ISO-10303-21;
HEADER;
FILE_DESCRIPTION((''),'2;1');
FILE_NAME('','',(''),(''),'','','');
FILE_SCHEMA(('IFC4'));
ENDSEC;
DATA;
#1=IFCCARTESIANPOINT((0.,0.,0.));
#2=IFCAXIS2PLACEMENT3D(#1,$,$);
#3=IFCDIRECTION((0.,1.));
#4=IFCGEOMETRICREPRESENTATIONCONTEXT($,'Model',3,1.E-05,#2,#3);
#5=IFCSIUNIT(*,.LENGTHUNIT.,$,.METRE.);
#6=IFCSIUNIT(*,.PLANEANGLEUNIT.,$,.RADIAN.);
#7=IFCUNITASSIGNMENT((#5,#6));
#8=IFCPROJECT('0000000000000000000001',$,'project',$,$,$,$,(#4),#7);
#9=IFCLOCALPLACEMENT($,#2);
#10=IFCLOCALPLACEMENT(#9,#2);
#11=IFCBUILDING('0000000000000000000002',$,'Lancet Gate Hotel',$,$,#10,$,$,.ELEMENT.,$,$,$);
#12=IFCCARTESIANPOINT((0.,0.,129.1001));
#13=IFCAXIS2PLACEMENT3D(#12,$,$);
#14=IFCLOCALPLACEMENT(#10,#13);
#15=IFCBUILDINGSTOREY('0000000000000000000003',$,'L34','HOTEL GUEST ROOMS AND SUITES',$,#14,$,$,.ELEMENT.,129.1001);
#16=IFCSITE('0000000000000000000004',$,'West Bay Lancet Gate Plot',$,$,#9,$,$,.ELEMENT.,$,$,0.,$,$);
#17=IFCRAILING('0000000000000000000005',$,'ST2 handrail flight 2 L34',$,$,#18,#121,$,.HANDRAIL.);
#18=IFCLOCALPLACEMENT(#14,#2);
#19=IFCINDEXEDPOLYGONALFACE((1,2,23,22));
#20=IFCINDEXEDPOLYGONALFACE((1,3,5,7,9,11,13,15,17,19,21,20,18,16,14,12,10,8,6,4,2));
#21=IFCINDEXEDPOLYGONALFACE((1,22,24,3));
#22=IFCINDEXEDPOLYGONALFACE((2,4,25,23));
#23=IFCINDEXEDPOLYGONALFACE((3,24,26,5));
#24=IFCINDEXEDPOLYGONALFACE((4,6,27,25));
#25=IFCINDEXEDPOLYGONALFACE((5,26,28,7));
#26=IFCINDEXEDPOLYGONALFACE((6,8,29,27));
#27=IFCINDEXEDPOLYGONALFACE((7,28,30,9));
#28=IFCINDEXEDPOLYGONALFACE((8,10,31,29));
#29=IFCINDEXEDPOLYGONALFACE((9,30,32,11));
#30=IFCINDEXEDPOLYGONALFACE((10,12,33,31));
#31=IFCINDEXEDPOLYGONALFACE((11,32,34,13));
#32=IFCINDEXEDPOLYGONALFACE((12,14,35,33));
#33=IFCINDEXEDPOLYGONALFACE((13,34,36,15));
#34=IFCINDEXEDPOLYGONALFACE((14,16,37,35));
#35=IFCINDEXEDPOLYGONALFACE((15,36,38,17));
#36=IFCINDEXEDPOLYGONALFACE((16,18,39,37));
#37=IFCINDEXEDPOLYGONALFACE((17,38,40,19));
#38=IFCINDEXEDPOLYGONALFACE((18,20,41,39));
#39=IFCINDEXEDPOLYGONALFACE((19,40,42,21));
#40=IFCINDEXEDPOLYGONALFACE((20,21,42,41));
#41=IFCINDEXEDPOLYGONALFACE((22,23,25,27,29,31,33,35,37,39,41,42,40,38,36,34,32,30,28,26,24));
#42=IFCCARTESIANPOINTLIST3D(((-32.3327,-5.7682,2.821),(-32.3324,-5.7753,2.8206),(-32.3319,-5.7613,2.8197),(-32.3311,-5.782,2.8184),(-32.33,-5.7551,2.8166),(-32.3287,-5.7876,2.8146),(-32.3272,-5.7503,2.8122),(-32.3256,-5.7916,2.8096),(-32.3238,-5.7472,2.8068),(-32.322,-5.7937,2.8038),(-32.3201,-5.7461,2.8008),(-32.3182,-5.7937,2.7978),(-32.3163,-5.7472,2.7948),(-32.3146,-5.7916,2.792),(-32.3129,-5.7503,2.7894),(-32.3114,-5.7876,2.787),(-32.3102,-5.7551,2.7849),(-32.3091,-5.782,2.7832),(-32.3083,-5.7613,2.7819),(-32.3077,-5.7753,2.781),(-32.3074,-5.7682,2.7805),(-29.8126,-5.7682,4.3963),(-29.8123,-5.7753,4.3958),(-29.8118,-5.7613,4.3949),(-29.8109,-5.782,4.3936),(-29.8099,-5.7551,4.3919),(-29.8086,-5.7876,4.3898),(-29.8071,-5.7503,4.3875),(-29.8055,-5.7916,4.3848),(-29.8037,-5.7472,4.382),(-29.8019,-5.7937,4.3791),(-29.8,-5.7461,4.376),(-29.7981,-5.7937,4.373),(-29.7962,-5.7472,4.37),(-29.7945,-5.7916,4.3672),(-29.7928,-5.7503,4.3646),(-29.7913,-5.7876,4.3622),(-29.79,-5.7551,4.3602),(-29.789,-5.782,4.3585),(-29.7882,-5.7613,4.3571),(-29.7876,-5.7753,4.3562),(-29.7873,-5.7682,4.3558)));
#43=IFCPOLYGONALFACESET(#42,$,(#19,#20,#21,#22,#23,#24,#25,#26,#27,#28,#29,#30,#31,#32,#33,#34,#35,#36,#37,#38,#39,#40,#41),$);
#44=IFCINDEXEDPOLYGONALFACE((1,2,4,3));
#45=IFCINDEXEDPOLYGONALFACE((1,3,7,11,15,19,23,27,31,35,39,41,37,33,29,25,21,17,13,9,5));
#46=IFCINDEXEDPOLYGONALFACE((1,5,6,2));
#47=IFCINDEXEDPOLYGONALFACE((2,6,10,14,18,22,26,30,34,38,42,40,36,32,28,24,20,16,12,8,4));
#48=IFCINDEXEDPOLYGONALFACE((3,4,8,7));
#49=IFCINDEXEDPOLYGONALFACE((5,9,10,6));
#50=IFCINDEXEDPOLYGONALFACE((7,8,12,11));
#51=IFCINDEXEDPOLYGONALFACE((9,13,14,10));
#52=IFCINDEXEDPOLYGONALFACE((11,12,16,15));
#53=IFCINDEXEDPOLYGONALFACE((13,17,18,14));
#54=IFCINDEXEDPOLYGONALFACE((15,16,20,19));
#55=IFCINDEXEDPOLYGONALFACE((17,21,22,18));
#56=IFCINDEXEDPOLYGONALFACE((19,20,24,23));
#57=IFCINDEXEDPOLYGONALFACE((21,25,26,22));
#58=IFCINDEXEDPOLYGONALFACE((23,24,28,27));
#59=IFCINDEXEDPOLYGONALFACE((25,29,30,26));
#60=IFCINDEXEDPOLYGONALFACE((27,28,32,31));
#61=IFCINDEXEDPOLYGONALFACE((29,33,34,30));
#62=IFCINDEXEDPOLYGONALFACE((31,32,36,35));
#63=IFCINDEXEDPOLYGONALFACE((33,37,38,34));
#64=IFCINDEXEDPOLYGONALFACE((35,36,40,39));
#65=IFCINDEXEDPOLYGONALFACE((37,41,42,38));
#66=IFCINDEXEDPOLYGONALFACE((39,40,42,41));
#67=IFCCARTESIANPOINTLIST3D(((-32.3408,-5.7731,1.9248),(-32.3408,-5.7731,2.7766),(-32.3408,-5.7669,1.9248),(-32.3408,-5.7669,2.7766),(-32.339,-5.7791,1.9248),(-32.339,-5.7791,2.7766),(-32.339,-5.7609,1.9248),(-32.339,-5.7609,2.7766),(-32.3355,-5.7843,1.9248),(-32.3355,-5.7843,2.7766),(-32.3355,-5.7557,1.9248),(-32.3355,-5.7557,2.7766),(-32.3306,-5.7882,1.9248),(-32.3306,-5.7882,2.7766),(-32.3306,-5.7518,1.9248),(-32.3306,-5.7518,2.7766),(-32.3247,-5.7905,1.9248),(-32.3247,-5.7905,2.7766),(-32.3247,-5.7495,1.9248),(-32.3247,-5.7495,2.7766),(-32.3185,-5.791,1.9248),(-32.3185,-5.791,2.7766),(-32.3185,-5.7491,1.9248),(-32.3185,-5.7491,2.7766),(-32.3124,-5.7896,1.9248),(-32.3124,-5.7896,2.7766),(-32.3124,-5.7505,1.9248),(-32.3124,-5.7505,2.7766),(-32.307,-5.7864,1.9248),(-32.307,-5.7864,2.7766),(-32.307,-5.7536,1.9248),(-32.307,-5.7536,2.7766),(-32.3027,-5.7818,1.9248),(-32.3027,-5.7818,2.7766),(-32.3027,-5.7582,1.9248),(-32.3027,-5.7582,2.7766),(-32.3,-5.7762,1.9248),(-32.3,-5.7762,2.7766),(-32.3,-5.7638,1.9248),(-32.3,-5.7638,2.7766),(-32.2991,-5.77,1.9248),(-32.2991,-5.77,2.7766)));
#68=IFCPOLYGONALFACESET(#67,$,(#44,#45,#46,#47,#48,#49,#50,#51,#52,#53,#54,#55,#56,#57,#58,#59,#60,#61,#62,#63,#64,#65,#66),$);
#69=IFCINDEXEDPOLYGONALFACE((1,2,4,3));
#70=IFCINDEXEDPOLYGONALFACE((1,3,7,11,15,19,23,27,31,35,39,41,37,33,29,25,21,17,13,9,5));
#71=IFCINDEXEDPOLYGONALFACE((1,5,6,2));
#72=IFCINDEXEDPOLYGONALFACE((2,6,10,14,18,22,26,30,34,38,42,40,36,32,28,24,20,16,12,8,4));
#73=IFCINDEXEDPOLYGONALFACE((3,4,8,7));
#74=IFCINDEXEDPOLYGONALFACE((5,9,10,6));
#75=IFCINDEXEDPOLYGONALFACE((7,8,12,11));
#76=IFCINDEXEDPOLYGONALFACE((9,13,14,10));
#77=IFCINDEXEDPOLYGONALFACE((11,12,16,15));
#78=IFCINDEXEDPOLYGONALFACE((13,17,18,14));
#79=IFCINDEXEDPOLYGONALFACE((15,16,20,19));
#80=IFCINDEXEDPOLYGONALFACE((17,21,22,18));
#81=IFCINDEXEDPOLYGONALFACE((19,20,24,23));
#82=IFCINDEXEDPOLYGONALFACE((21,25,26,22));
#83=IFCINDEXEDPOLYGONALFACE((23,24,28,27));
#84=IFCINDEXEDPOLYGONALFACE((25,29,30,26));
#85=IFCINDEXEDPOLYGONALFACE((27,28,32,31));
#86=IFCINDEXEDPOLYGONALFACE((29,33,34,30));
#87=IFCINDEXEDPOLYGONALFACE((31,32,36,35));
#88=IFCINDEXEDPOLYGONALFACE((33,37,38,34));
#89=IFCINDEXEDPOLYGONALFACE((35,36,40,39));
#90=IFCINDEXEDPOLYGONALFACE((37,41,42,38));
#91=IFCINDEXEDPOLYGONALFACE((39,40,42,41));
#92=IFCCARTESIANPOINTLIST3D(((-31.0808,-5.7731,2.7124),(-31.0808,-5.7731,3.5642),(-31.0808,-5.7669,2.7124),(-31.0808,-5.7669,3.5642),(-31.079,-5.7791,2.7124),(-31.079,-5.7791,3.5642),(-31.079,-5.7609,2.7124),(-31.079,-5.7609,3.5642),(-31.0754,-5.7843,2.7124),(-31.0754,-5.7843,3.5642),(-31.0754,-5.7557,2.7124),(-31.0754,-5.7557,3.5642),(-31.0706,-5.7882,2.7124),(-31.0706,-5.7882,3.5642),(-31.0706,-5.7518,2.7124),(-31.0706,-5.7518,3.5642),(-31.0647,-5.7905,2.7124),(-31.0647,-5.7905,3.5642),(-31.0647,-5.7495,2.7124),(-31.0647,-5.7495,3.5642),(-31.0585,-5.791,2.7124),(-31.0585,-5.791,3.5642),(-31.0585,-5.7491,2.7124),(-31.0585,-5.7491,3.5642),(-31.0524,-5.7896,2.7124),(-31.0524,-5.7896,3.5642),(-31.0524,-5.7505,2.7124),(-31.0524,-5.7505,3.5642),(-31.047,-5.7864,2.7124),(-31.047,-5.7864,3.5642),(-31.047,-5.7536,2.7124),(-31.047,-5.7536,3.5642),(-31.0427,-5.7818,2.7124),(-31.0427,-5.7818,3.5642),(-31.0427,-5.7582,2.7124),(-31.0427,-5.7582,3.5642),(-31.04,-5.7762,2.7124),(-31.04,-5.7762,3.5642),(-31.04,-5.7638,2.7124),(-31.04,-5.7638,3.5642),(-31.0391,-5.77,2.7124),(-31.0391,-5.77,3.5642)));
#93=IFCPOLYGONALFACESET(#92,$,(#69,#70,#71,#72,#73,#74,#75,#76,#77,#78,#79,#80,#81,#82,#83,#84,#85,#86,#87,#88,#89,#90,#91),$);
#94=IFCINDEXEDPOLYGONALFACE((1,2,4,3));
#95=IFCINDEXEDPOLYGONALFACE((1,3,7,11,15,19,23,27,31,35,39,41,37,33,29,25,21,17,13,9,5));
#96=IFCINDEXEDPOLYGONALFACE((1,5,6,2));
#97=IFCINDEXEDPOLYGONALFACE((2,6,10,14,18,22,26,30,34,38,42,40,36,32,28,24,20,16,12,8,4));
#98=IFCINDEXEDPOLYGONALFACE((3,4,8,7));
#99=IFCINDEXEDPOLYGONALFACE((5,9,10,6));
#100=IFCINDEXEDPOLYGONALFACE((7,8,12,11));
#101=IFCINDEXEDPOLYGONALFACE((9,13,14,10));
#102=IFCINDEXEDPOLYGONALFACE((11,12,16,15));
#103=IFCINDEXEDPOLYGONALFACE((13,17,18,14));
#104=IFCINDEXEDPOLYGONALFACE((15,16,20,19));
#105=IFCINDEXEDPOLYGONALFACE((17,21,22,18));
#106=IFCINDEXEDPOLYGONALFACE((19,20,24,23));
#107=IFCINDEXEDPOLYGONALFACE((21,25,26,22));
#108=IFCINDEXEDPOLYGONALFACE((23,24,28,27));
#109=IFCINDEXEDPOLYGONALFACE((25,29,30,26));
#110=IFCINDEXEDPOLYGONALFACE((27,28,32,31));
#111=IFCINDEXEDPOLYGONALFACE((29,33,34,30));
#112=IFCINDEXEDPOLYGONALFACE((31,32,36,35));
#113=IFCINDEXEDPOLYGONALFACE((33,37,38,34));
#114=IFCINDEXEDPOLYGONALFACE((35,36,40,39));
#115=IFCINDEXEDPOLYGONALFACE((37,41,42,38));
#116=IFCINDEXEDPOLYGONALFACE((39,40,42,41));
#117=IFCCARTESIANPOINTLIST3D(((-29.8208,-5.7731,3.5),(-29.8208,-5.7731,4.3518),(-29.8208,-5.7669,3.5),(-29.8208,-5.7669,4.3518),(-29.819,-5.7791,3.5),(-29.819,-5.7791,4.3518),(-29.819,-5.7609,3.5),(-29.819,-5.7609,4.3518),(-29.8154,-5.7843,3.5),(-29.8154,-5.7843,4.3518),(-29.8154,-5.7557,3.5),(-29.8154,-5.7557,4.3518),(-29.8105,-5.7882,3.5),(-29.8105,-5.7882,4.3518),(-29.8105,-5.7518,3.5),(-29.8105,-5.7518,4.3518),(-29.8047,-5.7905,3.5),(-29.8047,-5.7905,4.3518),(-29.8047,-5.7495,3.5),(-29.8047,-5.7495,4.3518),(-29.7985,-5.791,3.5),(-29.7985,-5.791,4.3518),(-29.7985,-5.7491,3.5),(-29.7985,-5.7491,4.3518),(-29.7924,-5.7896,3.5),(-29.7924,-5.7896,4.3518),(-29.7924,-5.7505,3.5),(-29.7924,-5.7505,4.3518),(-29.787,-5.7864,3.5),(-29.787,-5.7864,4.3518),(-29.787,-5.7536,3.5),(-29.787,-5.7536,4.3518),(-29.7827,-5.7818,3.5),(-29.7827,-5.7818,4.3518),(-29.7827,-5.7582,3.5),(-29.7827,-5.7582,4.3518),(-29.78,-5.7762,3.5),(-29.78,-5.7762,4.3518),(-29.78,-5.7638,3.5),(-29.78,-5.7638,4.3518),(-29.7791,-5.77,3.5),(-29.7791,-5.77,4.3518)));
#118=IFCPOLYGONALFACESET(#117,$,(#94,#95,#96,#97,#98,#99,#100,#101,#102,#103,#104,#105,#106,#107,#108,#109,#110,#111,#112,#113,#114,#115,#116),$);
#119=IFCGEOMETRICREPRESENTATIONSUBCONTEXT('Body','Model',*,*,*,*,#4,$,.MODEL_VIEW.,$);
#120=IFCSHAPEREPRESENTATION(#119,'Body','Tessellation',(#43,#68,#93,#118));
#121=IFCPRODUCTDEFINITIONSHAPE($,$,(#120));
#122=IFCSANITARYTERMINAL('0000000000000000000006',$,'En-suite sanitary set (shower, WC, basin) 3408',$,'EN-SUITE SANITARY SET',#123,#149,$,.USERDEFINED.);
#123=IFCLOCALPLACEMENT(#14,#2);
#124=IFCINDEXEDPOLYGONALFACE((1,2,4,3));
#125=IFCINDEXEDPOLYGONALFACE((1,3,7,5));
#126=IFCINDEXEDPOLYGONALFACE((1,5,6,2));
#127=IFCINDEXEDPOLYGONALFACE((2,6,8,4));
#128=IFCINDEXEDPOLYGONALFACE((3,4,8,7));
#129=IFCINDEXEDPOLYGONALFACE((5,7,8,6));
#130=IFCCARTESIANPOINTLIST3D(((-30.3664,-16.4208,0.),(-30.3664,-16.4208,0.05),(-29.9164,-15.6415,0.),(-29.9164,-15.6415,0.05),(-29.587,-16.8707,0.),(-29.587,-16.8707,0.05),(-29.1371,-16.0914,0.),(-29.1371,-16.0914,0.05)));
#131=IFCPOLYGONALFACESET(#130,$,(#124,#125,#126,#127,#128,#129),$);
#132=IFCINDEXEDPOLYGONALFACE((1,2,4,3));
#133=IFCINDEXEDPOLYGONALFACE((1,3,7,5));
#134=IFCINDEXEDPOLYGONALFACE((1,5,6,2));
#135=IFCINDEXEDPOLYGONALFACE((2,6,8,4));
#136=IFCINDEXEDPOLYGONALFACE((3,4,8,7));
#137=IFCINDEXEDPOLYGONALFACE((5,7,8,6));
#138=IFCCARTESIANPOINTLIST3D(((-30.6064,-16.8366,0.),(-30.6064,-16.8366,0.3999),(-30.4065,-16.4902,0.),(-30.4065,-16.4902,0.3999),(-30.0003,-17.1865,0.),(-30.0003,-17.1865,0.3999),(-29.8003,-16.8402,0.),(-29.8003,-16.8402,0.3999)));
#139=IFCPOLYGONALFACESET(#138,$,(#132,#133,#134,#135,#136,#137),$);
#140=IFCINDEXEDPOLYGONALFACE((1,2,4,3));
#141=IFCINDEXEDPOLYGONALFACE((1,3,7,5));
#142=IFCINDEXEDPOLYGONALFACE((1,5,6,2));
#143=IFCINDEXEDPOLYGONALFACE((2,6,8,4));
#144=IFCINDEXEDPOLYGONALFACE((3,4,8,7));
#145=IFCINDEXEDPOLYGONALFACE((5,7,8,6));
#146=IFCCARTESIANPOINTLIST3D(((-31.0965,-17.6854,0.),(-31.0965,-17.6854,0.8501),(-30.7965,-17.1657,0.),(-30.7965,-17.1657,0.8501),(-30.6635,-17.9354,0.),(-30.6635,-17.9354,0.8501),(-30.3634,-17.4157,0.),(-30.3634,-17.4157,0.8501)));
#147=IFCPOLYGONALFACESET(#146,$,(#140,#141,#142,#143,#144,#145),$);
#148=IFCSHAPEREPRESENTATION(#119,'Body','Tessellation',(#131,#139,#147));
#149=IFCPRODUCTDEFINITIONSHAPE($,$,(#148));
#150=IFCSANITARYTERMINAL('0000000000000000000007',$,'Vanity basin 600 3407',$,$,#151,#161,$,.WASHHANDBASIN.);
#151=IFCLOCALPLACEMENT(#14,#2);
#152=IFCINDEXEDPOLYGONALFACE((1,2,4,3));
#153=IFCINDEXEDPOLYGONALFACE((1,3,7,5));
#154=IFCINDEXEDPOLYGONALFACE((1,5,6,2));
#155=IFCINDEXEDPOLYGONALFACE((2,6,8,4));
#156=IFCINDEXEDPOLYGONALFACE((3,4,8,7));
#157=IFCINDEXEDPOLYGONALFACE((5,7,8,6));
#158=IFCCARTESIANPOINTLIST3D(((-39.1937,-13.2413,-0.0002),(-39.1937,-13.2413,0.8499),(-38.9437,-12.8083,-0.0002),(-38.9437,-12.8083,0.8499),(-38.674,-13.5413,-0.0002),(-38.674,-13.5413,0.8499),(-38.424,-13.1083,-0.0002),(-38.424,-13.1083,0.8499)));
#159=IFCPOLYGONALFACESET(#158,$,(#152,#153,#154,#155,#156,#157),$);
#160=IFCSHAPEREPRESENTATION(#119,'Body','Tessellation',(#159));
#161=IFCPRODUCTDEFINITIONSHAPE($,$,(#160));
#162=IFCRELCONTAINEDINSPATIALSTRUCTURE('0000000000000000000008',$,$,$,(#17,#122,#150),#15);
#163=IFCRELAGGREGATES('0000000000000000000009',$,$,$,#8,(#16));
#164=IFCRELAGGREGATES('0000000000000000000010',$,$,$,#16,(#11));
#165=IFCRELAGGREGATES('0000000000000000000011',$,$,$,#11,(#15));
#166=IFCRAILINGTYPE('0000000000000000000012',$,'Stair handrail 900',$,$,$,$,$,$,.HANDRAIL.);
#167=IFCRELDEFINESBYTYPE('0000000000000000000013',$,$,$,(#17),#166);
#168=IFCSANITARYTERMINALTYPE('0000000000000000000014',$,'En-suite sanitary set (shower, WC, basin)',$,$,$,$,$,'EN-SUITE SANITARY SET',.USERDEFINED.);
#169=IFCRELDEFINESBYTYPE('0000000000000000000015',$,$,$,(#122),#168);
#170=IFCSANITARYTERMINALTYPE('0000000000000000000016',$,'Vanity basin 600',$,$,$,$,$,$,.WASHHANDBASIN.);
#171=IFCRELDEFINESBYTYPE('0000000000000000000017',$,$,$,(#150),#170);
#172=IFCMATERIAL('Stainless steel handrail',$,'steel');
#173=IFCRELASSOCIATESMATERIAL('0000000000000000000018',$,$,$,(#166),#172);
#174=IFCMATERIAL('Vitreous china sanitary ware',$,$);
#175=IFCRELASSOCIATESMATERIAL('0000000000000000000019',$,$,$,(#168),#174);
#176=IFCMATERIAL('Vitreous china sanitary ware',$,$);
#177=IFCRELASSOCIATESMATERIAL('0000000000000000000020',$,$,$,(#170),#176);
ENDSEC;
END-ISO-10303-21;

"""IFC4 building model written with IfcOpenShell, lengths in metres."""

from ifc_helpers import new_model, si_unit, direction, frame, origin, origin_2d, place, context, subcontext, project, spatial, rectangle, circle, extrude, material, type_object, element, save


model = new_model("IFC4")

# Units and contexts
model_context = context("Model", 3, precision=1e-05, world=origin(), true_north=direction((0.0, 1.0)))
body_context = subcontext(model_context, "Body", "Model", "MODEL_VIEW")
ifc_project = project(units=[si_unit("LENGTHUNIT", "METRE"), si_unit("PLANEANGLEUNIT", "RADIAN")], contexts=[model_context])

# Site, building, storey
site_placement = place(None, origin())
site = spatial("IfcSite", under=ifc_project, at=site_placement, Name="West Bay Lancet Gate Plot", CompositionType="ELEMENT", RefElevation=0.0)
building_placement = place(site_placement, origin())
building = spatial("IfcBuilding", under=site, at=building_placement, Name="Lancet Gate Hotel", CompositionType="ELEMENT")
storey_placement = place(building_placement, frame((0.0, 0.0, 129.1001)))
storey = spatial("IfcBuildingStorey", under=building, at=storey_placement, Name="L34", Description="HOTEL GUEST ROOMS AND SUITES", CompositionType="ELEMENT", Elevation=129.1001)

# Railing
ifc_material_1 = material(Name="Stainless steel handrail", Category="steel")
railing_type = type_object("IfcRailingType", Name="Stair handrail 900", PredefinedType="HANDRAIL", material=ifc_material_1)
railing_1_placement = place(storey_placement, frame((-32.3201, -5.77, 1.9248)))
element("IfcRailing", 1, at=railing_1_placement, inside=storey, type_object=railing_type, Name="ST2 handrail flight 2 L34", PredefinedType="HANDRAIL", context=body_context, shape_type="SweptSolid", body=[
    extrude(circle(Radius=0.0239, at=origin_2d()), frame((0.0, 0.0, 0.876), z_axis=(0.847971, 0.0, 0.530043), x_axis=(0.0, 1.0, 0.0)), (0.0, 0.0, 1.0), 2.9719),
    extrude(circle(Radius=0.021, at=origin_2d()), origin(), (0.0, 0.0, 1.0), 0.8518),
    extrude(circle(Radius=0.021, at=origin_2d()), frame((1.26, 0.0, 0.7876)), (0.0, 0.0, 1.0), 0.8518),
    extrude(circle(Radius=0.021, at=origin_2d()), frame((2.52, 0.0, 1.5752)), (0.0, 0.0, 1.0), 0.8518),
])

# Sanitary terminals
ifc_material_2 = material(Name="Vitreous china sanitary ware")
sanitary_terminal_type_1 = type_object("IfcSanitaryTerminalType", Name="En-suite sanitary set (shower, WC, basin)", ElementType="EN-SUITE SANITARY SET", PredefinedType="USERDEFINED", material=ifc_material_2)
sanitary_terminal_1_placement = place(storey_placement, frame((-29.7517, -16.2561, 0.0), z_axis=(0.0, 0.0, 1.0), x_axis=(1.0, 0.0, 0.0)))
element("IfcSanitaryTerminal", 2, at=sanitary_terminal_1_placement, inside=storey, type_object=sanitary_terminal_type_1, Name="En-suite sanitary set (shower, WC, basin) 3408", ObjectType="EN-SUITE SANITARY SET", PredefinedType="USERDEFINED", context=body_context, shape_type="SweptSolid", body=[
    extrude(rectangle(XDim=0.8999, YDim=0.8999, at=origin_2d()), frame((0.0, 0.0, 0.0), z_axis=(0.0, 0.0, 1.0), x_axis=(0.5, 0.866025, 0.0)), (0.0, 0.0, 1.0), 0.05),
    extrude(rectangle(XDim=0.3999, YDim=0.7, at=origin_2d()), frame((-0.4517, -0.5823, 0.0), z_axis=(0.0, 0.0, 1.0), x_axis=(0.5, 0.866025, 0.0)), (0.0, 0.0, 1.0), 0.3999),
    extrude(rectangle(XDim=0.6001, YDim=0.5, at=origin_2d()), frame((-0.9783, -1.2944, 0.0), z_axis=(0.0, 0.0, 1.0), x_axis=(0.5, 0.866025, 0.0)), (0.0, 0.0, 1.0), 0.8501),
])
ifc_material_3 = material(Name="Vitreous china sanitary ware")
sanitary_terminal_type_2 = type_object("IfcSanitaryTerminalType", Name="Vanity basin 600", PredefinedType="WASHHANDBASIN", material=ifc_material_3)
sanitary_terminal_2_placement = place(storey_placement, frame((-38.8088, -13.1748, -0.0002), z_axis=(0.0, 0.0, 1.0), x_axis=(-0.866025, 0.5, 0.0)))
element("IfcSanitaryTerminal", 3, at=sanitary_terminal_2_placement, inside=storey, type_object=sanitary_terminal_type_2, Name="Vanity basin 600 3407", PredefinedType="WASHHANDBASIN", context=body_context, shape_type="SweptSolid", body=[
    extrude(rectangle(XDim=0.6001, YDim=0.5, at=origin_2d()), origin(), (0.0, 0.0, 1.0), 0.8501),
])

save(model, "model.ifc")
